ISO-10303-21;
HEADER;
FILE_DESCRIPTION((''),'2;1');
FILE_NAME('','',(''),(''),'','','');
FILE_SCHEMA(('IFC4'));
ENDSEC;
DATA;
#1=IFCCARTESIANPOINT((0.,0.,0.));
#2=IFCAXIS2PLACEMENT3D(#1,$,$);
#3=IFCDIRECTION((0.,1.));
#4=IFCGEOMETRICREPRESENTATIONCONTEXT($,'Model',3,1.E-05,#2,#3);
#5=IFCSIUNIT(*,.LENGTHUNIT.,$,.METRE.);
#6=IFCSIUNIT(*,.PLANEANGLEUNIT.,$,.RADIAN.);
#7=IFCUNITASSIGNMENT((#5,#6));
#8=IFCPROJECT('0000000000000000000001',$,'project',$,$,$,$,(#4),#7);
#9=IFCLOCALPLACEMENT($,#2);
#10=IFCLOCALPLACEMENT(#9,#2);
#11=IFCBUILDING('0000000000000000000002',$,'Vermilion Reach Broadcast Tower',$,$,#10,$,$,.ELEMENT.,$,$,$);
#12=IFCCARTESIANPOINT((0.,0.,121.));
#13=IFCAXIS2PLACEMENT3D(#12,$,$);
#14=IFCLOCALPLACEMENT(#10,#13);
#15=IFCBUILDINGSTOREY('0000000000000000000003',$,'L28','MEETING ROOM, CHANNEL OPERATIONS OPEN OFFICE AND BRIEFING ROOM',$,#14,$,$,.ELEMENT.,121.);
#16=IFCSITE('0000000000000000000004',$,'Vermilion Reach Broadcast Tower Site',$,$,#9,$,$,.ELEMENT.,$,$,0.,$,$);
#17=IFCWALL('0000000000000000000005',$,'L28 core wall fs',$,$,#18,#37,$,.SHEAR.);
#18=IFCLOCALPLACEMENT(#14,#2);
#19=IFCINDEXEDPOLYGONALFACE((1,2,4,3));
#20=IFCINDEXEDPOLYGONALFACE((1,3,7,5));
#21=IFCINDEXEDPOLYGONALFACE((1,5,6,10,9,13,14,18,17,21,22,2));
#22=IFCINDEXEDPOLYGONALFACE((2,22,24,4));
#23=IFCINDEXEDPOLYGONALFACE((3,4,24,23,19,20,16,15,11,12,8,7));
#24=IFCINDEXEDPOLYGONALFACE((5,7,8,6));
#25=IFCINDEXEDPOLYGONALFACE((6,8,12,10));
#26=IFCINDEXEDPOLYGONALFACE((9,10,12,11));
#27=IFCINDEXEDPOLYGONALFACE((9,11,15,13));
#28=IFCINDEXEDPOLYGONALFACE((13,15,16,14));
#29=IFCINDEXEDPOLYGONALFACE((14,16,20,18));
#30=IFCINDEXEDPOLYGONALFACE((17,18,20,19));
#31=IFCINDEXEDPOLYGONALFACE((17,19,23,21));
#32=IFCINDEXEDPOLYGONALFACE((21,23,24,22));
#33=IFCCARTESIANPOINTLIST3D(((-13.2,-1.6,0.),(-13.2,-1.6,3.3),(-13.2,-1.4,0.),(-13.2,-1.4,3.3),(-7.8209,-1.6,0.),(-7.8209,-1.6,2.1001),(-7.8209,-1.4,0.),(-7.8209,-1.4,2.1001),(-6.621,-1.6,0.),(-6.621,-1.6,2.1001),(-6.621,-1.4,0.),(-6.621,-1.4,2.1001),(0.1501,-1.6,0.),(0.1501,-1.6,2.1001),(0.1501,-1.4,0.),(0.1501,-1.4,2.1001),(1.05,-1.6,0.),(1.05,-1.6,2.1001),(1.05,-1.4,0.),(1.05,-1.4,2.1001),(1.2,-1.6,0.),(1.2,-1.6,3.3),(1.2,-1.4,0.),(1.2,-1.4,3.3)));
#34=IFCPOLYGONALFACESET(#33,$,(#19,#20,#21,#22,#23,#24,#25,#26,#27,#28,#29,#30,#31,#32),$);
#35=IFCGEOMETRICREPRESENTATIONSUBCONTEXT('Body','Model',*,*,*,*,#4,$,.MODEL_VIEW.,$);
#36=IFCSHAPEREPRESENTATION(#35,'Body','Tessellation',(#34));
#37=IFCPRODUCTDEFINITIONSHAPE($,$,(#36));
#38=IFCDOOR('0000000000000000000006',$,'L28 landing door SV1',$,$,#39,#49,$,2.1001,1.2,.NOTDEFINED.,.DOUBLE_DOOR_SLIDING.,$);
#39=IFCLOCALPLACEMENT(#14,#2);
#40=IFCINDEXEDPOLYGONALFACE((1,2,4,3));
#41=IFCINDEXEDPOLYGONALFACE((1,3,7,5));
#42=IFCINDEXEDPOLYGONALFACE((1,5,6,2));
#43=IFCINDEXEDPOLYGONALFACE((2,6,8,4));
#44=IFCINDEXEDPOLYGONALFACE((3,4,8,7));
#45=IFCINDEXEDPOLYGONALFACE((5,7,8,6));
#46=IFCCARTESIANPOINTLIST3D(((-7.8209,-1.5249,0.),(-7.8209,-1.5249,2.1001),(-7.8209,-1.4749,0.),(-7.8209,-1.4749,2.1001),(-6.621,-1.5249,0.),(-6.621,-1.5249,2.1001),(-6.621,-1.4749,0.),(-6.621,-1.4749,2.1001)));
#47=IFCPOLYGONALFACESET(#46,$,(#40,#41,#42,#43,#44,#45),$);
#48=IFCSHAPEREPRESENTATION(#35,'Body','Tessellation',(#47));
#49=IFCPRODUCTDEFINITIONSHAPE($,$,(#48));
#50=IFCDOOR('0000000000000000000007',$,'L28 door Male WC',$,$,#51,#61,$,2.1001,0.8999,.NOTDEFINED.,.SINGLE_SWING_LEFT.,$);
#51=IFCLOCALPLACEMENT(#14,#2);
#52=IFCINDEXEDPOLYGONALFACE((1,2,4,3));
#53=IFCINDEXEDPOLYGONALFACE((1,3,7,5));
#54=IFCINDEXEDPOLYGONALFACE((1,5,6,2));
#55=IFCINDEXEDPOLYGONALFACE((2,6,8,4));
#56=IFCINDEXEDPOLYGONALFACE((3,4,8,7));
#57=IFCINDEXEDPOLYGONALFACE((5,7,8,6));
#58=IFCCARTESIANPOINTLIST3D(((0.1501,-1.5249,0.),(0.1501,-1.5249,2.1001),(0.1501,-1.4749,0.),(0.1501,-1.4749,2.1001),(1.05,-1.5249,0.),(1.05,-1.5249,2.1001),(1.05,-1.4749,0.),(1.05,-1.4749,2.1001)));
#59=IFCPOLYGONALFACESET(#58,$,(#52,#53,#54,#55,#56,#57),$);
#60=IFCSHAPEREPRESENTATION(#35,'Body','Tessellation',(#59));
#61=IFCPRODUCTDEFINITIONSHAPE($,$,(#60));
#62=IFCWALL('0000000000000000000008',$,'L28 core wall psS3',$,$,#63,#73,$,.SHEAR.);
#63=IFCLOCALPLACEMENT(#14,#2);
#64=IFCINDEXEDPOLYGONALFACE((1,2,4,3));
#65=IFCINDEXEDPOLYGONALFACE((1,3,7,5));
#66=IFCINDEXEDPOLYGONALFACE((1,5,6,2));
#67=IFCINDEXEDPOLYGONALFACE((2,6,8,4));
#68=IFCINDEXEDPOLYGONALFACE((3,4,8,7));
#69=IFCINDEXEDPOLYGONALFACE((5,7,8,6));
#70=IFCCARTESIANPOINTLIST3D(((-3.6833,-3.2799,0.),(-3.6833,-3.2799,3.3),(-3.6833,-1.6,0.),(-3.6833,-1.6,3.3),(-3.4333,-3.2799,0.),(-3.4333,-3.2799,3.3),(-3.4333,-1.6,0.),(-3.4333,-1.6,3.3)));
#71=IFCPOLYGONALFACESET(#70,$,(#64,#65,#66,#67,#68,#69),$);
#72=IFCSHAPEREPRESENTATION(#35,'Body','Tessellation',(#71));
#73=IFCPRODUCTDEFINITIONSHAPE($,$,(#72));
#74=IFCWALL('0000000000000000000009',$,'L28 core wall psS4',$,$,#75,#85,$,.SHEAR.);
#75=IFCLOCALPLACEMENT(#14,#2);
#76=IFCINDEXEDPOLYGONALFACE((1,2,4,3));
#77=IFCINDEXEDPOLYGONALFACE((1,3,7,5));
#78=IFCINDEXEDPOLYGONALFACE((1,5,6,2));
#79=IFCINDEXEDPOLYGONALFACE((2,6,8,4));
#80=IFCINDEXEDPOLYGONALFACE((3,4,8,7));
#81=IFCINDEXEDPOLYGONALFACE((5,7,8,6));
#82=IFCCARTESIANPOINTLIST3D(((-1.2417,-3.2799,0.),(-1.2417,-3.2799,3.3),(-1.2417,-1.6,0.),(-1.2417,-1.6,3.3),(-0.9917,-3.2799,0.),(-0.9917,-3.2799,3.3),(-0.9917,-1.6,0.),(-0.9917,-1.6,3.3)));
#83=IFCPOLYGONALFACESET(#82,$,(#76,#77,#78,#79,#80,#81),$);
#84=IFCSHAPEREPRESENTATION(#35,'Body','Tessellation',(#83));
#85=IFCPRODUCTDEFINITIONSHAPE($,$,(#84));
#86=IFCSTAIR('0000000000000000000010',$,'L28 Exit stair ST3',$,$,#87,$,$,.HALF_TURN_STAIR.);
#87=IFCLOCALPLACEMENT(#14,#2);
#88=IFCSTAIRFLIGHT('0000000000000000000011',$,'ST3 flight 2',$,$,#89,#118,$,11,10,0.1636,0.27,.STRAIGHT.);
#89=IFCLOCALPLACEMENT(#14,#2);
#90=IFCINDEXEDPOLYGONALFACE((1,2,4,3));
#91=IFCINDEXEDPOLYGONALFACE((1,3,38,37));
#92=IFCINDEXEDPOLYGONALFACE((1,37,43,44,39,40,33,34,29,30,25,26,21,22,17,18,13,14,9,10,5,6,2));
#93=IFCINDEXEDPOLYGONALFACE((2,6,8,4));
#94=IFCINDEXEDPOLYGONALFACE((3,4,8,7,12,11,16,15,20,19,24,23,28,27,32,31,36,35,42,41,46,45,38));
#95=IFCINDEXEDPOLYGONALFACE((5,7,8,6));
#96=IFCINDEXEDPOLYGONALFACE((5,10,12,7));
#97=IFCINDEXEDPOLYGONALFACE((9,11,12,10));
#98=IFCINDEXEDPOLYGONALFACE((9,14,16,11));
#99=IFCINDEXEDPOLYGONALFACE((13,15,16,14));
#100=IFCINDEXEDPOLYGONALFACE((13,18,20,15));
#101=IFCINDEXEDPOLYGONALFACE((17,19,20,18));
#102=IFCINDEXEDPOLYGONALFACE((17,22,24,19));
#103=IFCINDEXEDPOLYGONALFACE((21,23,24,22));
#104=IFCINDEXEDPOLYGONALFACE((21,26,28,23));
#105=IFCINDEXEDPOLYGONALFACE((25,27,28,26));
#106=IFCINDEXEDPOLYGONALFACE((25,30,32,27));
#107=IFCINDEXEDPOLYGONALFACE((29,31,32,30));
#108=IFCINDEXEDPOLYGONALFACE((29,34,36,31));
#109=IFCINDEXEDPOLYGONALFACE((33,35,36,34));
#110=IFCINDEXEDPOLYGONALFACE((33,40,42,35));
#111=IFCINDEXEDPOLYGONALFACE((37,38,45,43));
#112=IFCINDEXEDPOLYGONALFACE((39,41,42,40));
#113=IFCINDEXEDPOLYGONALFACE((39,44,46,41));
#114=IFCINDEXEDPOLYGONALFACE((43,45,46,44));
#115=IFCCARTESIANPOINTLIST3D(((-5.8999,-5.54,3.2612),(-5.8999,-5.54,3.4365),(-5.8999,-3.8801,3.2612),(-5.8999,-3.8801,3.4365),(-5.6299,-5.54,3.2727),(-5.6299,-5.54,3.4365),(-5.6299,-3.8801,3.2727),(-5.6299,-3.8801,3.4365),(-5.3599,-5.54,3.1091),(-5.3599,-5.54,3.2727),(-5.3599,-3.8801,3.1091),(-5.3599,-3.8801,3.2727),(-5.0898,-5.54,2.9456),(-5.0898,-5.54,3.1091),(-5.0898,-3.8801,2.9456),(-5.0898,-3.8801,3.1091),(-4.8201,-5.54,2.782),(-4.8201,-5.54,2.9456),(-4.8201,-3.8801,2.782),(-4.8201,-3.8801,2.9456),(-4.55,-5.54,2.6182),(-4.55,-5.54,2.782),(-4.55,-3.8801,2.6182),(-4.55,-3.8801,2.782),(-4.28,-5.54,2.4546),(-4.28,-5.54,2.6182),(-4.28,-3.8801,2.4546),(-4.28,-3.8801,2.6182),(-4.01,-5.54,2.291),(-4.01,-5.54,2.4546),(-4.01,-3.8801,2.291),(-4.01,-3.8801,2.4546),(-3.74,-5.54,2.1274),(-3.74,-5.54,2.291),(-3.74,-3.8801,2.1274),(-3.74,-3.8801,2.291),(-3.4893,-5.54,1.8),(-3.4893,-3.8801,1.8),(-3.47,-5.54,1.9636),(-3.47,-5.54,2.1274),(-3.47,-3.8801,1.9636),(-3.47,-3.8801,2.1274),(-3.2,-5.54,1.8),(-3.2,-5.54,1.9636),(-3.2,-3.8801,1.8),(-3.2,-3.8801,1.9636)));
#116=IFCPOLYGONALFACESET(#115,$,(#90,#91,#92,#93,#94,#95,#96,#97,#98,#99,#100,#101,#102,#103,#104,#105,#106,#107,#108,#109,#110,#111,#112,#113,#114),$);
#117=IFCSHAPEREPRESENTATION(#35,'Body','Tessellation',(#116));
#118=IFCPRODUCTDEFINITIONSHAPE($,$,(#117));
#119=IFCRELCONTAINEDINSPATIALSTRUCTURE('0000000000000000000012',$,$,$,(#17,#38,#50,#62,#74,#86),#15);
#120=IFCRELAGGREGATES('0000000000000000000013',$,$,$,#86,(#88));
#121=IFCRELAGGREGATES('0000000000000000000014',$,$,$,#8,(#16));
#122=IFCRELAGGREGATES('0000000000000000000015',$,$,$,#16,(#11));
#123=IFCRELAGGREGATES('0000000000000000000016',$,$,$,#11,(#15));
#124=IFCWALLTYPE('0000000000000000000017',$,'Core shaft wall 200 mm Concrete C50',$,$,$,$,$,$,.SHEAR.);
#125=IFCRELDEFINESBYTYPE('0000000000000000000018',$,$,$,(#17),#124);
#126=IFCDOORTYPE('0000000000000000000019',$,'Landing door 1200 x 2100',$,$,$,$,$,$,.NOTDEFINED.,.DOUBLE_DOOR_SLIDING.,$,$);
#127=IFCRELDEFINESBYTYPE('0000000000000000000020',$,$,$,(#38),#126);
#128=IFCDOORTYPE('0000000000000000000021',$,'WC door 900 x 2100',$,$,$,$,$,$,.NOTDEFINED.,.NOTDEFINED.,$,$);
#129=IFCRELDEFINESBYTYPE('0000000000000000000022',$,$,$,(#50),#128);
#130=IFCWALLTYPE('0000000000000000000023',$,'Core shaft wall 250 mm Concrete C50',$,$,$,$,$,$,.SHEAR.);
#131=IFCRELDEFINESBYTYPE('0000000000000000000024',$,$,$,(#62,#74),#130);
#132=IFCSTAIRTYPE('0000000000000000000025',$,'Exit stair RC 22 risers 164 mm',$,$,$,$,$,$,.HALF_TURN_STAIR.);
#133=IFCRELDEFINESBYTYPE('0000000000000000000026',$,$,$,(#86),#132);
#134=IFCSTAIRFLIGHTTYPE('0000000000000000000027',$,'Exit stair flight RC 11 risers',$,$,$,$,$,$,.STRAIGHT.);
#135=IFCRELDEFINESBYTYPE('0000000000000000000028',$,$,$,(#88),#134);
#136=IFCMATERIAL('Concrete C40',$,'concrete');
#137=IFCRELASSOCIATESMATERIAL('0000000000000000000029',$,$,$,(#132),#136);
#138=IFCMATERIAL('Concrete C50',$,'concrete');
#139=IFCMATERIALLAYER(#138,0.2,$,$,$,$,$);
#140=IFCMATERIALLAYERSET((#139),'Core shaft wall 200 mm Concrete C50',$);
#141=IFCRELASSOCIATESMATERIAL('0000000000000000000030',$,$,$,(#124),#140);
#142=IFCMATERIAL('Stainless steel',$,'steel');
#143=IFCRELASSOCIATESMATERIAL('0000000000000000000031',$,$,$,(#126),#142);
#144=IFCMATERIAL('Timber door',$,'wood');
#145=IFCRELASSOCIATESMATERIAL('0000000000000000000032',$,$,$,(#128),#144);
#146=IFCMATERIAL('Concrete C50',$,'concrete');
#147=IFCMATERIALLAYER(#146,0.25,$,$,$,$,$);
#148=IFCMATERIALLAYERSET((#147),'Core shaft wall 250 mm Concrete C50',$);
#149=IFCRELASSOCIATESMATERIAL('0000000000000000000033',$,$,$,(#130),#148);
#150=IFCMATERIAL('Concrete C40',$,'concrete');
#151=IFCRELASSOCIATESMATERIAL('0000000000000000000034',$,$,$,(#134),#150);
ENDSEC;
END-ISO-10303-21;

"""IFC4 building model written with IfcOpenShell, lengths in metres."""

from ifc_helpers import new_model, si_unit, direction, frame, frame_2d, origin, place, context, subcontext, project, spatial, polyline, rectangle, outline, extrude, material, layer, layer_set, type_object, element, fill, aggregate, save


model = new_model("IFC4")

# Units and contexts
model_context = context("Model", 3, precision=1e-05, world=origin(), true_north=direction((0.0, 1.0)))
body_context = subcontext(model_context, "Body", "Model", "MODEL_VIEW")
ifc_project = project(units=[si_unit("LENGTHUNIT", "METRE"), si_unit("PLANEANGLEUNIT", "RADIAN")], contexts=[model_context])

# Site, building, storey
site_placement = place(None, origin())
site = spatial("IfcSite", under=ifc_project, at=site_placement, Name="Vermilion Reach Broadcast Tower Site", CompositionType="ELEMENT", RefElevation=0.0)
building_placement = place(site_placement, origin())
building = spatial("IfcBuilding", under=site, at=building_placement, Name="Vermilion Reach Broadcast Tower", CompositionType="ELEMENT")
storey_placement = place(building_placement, frame((0.0, 0.0, 121.0)))
storey = spatial("IfcBuildingStorey", under=building, at=storey_placement, Name="L28", Description="MEETING ROOM, CHANNEL OPERATIONS OPEN OFFICE AND BRIEFING ROOM", CompositionType="ELEMENT", Elevation=121.0)

# Shared definitions
ifc_material_1 = material(Name="Concrete C40", Category="concrete")
stair_type = type_object("IfcStairType", Name="Exit stair RC 22 risers 164 mm", PredefinedType="HALF_TURN_STAIR", material=ifc_material_1)
placement_1 = place(storey_placement, origin())

# Wall, openings, doors
ifc_material_2 = material(Name="Concrete C50", Category="concrete")
ifc_layer_1 = layer(ifc_material_2, 0.2)
ifc_layer_set_1 = layer_set([ifc_layer_1], Name="Core shaft wall 200 mm Concrete C50")
wall_type_1 = type_object("IfcWallType", Name="Core shaft wall 200 mm Concrete C50", PredefinedType="SHEAR", material=ifc_layer_set_1)
wall_1_placement = place(storey_placement, frame((1.2, -1.5, 0.0), z_axis=(0.0, 0.0, 1.0), x_axis=(-1.0, 0.0, 0.0)))
wall_1 = element("IfcWall", 1, at=wall_1_placement, inside=storey, type_object=wall_type_1, Name="L28 core wall fs", PredefinedType="SHEAR", context=body_context, shape_type="SweptSolid", body=[
    extrude(rectangle(XDim=14.3999, YDim=0.2, at=frame_2d((7.2, 0.0))), origin(), (0.0, 0.0, 1.0), 3.3),
])
opening_1_placement = place(wall_1_placement, frame((7.8208, 0.0, 0.0)))
opening_1 = element("IfcOpeningElement", 2, at=opening_1_placement, cuts=wall_1, PredefinedType="OPENING", context=body_context, shape_type="SweptSolid", body=[
    extrude(rectangle(XDim=1.2, YDim=2.1001, at=frame_2d((0.6001, 1.05))), frame((0.0, 0.1099, 0.0), z_axis=(0.0, -1.0, 0.0), x_axis=(1.0, 0.0, 0.0)), (0.0, 0.0, 1.0), 0.22),
])
opening_2_placement = place(wall_1_placement, frame((0.1499, 0.0, 0.0)))
opening_2 = element("IfcOpeningElement", 3, at=opening_2_placement, cuts=wall_1, PredefinedType="OPENING", context=body_context, shape_type="SweptSolid", body=[
    extrude(rectangle(XDim=0.8999, YDim=2.1001, at=frame_2d((0.45, 1.05))), frame((0.0, 0.1099, 0.0), z_axis=(0.0, -1.0, 0.0), x_axis=(1.0, 0.0, 0.0)), (0.0, 0.0, 1.0), 0.22),
])
ifc_material_3 = material(Name="Stainless steel", Category="steel")
door_type_1 = type_object("IfcDoorType", Name="Landing door 1200 x 2100", OperationType="DOUBLE_DOOR_SLIDING", PredefinedType="NOTDEFINED", material=ifc_material_3)
door_1_placement = place(opening_1_placement, origin())
door_1 = element("IfcDoor", 4, at=door_1_placement, inside=storey, type_object=door_type_1, Name="L28 landing door SV1", OperationType="DOUBLE_DOOR_SLIDING", OverallHeight=2.1001, OverallWidth=1.2, PredefinedType="NOTDEFINED", context=body_context, shape_type="SweptSolid", body=[
    extrude(rectangle(XDim=1.2, YDim=2.1001, at=frame_2d((0.6001, 1.05))), frame((0.0, 0.0249, 0.0), z_axis=(0.0, -1.0, 0.0), x_axis=(1.0, 0.0, 0.0)), (0.0, 0.0, 1.0), 0.05),
])
fill(opening_1, door_1)
ifc_material_4 = material(Name="Timber door", Category="wood")
door_type_2 = type_object("IfcDoorType", Name="WC door 900 x 2100", OperationType="NOTDEFINED", PredefinedType="NOTDEFINED", material=ifc_material_4)
door_2_placement = place(opening_2_placement, origin())
door_2 = element("IfcDoor", 5, at=door_2_placement, inside=storey, type_object=door_type_2, Name="L28 door Male WC", OperationType="SINGLE_SWING_LEFT", OverallHeight=2.1001, OverallWidth=0.8999, PredefinedType="NOTDEFINED", context=body_context, shape_type="SweptSolid", body=[
    extrude(rectangle(XDim=0.8999, YDim=2.1001, at=frame_2d((0.45, 1.05))), frame((0.0, 0.0249, 0.0), z_axis=(0.0, -1.0, 0.0), x_axis=(1.0, 0.0, 0.0)), (0.0, 0.0, 1.0), 0.05),
])
fill(opening_2, door_2)

# Walls
ifc_material_5 = material(Name="Concrete C50", Category="concrete")
ifc_layer_2 = layer(ifc_material_5, 0.25)
ifc_layer_set_2 = layer_set([ifc_layer_2], Name="Core shaft wall 250 mm Concrete C50")
wall_type_2 = type_object("IfcWallType", Name="Core shaft wall 250 mm Concrete C50", PredefinedType="SHEAR", material=ifc_layer_set_2)
for number, where, z_axis, x_axis, name in (
    (6, (-3.5583, -1.6001, 0.0), (0.0, 0.0, 1.0), (0.0, -1.0, 0.0), "L28 core wall psS3"),
    (7, (-1.1167, -1.6001, 0.0), (0.0, 0.0, 1.0), (0.0, -1.0, 0.0), "L28 core wall psS4"),
):
    element("IfcWall", number, at=place(storey_placement, frame(where, z_axis=z_axis, x_axis=x_axis)), inside=storey, type_object=wall_type_2, Name=name, PredefinedType="SHEAR", context=body_context, shape_type="SweptSolid", body=[
        extrude(rectangle(XDim=1.6799, YDim=0.25, at=frame_2d((0.8398, 0.0))), origin(), (0.0, 0.0, 1.0), 3.3),
    ])

# Stair, stair flight
stair_1 = element("IfcStair", 8, at=placement_1, inside=storey, type_object=stair_type, Name="L28 Exit stair ST3", PredefinedType="HALF_TURN_STAIR")
ifc_material_6 = material(Name="Concrete C40", Category="concrete")
stair_flight_type = type_object("IfcStairFlightType", Name="Exit stair flight RC 11 risers", PredefinedType="STRAIGHT", material=ifc_material_6)
stair_flight_placement = place(storey_placement, frame((-3.2, -4.71, 1.8), z_axis=(0.0, 0.0, 1.0), x_axis=(-1.0, 0.0, 0.0)))
stair_flight = element("IfcStairFlight", 9, at=stair_flight_placement, type_object=stair_flight_type, Name="ST3 flight 2", NumberOfRisers=11, NumberOfTreads=10, PredefinedType="STRAIGHT", RiserHeight=0.1636, TreadLength=0.27, context=body_context, shape_type="SweptSolid", body=[
    extrude(outline(polyline([(0.0, 0.0), (0.0, 0.1636), (0.27, 0.1636), (0.27, 0.3274), (0.54, 0.3274), (0.54, 0.491), (0.8101, 0.491), (0.8101, 0.6545), (1.0801, 0.6545), (1.0801, 0.8181), (1.3501, 0.8181), (1.3501, 0.9819), (1.6201, 0.9819), (1.6201, 1.1455), (1.8899, 1.1455), (1.8899, 1.3091), (2.1599, 1.3091), (2.1599, 1.4727), (2.4299, 1.4727), (2.4299, 1.6365), (2.7, 1.6365), (2.7, 1.8), (2.7, 1.4612), (0.2893, 0.0), (0.0, 0.0)])), frame((0.0, 0.8301, 0.0), z_axis=(0.0, -1.0, 0.0), x_axis=(1.0, 0.0, 0.0)), (0.0, 0.0, 1.0), 1.6599),
])
aggregate(stair_1, [stair_flight])

save(model, "model.ifc")
